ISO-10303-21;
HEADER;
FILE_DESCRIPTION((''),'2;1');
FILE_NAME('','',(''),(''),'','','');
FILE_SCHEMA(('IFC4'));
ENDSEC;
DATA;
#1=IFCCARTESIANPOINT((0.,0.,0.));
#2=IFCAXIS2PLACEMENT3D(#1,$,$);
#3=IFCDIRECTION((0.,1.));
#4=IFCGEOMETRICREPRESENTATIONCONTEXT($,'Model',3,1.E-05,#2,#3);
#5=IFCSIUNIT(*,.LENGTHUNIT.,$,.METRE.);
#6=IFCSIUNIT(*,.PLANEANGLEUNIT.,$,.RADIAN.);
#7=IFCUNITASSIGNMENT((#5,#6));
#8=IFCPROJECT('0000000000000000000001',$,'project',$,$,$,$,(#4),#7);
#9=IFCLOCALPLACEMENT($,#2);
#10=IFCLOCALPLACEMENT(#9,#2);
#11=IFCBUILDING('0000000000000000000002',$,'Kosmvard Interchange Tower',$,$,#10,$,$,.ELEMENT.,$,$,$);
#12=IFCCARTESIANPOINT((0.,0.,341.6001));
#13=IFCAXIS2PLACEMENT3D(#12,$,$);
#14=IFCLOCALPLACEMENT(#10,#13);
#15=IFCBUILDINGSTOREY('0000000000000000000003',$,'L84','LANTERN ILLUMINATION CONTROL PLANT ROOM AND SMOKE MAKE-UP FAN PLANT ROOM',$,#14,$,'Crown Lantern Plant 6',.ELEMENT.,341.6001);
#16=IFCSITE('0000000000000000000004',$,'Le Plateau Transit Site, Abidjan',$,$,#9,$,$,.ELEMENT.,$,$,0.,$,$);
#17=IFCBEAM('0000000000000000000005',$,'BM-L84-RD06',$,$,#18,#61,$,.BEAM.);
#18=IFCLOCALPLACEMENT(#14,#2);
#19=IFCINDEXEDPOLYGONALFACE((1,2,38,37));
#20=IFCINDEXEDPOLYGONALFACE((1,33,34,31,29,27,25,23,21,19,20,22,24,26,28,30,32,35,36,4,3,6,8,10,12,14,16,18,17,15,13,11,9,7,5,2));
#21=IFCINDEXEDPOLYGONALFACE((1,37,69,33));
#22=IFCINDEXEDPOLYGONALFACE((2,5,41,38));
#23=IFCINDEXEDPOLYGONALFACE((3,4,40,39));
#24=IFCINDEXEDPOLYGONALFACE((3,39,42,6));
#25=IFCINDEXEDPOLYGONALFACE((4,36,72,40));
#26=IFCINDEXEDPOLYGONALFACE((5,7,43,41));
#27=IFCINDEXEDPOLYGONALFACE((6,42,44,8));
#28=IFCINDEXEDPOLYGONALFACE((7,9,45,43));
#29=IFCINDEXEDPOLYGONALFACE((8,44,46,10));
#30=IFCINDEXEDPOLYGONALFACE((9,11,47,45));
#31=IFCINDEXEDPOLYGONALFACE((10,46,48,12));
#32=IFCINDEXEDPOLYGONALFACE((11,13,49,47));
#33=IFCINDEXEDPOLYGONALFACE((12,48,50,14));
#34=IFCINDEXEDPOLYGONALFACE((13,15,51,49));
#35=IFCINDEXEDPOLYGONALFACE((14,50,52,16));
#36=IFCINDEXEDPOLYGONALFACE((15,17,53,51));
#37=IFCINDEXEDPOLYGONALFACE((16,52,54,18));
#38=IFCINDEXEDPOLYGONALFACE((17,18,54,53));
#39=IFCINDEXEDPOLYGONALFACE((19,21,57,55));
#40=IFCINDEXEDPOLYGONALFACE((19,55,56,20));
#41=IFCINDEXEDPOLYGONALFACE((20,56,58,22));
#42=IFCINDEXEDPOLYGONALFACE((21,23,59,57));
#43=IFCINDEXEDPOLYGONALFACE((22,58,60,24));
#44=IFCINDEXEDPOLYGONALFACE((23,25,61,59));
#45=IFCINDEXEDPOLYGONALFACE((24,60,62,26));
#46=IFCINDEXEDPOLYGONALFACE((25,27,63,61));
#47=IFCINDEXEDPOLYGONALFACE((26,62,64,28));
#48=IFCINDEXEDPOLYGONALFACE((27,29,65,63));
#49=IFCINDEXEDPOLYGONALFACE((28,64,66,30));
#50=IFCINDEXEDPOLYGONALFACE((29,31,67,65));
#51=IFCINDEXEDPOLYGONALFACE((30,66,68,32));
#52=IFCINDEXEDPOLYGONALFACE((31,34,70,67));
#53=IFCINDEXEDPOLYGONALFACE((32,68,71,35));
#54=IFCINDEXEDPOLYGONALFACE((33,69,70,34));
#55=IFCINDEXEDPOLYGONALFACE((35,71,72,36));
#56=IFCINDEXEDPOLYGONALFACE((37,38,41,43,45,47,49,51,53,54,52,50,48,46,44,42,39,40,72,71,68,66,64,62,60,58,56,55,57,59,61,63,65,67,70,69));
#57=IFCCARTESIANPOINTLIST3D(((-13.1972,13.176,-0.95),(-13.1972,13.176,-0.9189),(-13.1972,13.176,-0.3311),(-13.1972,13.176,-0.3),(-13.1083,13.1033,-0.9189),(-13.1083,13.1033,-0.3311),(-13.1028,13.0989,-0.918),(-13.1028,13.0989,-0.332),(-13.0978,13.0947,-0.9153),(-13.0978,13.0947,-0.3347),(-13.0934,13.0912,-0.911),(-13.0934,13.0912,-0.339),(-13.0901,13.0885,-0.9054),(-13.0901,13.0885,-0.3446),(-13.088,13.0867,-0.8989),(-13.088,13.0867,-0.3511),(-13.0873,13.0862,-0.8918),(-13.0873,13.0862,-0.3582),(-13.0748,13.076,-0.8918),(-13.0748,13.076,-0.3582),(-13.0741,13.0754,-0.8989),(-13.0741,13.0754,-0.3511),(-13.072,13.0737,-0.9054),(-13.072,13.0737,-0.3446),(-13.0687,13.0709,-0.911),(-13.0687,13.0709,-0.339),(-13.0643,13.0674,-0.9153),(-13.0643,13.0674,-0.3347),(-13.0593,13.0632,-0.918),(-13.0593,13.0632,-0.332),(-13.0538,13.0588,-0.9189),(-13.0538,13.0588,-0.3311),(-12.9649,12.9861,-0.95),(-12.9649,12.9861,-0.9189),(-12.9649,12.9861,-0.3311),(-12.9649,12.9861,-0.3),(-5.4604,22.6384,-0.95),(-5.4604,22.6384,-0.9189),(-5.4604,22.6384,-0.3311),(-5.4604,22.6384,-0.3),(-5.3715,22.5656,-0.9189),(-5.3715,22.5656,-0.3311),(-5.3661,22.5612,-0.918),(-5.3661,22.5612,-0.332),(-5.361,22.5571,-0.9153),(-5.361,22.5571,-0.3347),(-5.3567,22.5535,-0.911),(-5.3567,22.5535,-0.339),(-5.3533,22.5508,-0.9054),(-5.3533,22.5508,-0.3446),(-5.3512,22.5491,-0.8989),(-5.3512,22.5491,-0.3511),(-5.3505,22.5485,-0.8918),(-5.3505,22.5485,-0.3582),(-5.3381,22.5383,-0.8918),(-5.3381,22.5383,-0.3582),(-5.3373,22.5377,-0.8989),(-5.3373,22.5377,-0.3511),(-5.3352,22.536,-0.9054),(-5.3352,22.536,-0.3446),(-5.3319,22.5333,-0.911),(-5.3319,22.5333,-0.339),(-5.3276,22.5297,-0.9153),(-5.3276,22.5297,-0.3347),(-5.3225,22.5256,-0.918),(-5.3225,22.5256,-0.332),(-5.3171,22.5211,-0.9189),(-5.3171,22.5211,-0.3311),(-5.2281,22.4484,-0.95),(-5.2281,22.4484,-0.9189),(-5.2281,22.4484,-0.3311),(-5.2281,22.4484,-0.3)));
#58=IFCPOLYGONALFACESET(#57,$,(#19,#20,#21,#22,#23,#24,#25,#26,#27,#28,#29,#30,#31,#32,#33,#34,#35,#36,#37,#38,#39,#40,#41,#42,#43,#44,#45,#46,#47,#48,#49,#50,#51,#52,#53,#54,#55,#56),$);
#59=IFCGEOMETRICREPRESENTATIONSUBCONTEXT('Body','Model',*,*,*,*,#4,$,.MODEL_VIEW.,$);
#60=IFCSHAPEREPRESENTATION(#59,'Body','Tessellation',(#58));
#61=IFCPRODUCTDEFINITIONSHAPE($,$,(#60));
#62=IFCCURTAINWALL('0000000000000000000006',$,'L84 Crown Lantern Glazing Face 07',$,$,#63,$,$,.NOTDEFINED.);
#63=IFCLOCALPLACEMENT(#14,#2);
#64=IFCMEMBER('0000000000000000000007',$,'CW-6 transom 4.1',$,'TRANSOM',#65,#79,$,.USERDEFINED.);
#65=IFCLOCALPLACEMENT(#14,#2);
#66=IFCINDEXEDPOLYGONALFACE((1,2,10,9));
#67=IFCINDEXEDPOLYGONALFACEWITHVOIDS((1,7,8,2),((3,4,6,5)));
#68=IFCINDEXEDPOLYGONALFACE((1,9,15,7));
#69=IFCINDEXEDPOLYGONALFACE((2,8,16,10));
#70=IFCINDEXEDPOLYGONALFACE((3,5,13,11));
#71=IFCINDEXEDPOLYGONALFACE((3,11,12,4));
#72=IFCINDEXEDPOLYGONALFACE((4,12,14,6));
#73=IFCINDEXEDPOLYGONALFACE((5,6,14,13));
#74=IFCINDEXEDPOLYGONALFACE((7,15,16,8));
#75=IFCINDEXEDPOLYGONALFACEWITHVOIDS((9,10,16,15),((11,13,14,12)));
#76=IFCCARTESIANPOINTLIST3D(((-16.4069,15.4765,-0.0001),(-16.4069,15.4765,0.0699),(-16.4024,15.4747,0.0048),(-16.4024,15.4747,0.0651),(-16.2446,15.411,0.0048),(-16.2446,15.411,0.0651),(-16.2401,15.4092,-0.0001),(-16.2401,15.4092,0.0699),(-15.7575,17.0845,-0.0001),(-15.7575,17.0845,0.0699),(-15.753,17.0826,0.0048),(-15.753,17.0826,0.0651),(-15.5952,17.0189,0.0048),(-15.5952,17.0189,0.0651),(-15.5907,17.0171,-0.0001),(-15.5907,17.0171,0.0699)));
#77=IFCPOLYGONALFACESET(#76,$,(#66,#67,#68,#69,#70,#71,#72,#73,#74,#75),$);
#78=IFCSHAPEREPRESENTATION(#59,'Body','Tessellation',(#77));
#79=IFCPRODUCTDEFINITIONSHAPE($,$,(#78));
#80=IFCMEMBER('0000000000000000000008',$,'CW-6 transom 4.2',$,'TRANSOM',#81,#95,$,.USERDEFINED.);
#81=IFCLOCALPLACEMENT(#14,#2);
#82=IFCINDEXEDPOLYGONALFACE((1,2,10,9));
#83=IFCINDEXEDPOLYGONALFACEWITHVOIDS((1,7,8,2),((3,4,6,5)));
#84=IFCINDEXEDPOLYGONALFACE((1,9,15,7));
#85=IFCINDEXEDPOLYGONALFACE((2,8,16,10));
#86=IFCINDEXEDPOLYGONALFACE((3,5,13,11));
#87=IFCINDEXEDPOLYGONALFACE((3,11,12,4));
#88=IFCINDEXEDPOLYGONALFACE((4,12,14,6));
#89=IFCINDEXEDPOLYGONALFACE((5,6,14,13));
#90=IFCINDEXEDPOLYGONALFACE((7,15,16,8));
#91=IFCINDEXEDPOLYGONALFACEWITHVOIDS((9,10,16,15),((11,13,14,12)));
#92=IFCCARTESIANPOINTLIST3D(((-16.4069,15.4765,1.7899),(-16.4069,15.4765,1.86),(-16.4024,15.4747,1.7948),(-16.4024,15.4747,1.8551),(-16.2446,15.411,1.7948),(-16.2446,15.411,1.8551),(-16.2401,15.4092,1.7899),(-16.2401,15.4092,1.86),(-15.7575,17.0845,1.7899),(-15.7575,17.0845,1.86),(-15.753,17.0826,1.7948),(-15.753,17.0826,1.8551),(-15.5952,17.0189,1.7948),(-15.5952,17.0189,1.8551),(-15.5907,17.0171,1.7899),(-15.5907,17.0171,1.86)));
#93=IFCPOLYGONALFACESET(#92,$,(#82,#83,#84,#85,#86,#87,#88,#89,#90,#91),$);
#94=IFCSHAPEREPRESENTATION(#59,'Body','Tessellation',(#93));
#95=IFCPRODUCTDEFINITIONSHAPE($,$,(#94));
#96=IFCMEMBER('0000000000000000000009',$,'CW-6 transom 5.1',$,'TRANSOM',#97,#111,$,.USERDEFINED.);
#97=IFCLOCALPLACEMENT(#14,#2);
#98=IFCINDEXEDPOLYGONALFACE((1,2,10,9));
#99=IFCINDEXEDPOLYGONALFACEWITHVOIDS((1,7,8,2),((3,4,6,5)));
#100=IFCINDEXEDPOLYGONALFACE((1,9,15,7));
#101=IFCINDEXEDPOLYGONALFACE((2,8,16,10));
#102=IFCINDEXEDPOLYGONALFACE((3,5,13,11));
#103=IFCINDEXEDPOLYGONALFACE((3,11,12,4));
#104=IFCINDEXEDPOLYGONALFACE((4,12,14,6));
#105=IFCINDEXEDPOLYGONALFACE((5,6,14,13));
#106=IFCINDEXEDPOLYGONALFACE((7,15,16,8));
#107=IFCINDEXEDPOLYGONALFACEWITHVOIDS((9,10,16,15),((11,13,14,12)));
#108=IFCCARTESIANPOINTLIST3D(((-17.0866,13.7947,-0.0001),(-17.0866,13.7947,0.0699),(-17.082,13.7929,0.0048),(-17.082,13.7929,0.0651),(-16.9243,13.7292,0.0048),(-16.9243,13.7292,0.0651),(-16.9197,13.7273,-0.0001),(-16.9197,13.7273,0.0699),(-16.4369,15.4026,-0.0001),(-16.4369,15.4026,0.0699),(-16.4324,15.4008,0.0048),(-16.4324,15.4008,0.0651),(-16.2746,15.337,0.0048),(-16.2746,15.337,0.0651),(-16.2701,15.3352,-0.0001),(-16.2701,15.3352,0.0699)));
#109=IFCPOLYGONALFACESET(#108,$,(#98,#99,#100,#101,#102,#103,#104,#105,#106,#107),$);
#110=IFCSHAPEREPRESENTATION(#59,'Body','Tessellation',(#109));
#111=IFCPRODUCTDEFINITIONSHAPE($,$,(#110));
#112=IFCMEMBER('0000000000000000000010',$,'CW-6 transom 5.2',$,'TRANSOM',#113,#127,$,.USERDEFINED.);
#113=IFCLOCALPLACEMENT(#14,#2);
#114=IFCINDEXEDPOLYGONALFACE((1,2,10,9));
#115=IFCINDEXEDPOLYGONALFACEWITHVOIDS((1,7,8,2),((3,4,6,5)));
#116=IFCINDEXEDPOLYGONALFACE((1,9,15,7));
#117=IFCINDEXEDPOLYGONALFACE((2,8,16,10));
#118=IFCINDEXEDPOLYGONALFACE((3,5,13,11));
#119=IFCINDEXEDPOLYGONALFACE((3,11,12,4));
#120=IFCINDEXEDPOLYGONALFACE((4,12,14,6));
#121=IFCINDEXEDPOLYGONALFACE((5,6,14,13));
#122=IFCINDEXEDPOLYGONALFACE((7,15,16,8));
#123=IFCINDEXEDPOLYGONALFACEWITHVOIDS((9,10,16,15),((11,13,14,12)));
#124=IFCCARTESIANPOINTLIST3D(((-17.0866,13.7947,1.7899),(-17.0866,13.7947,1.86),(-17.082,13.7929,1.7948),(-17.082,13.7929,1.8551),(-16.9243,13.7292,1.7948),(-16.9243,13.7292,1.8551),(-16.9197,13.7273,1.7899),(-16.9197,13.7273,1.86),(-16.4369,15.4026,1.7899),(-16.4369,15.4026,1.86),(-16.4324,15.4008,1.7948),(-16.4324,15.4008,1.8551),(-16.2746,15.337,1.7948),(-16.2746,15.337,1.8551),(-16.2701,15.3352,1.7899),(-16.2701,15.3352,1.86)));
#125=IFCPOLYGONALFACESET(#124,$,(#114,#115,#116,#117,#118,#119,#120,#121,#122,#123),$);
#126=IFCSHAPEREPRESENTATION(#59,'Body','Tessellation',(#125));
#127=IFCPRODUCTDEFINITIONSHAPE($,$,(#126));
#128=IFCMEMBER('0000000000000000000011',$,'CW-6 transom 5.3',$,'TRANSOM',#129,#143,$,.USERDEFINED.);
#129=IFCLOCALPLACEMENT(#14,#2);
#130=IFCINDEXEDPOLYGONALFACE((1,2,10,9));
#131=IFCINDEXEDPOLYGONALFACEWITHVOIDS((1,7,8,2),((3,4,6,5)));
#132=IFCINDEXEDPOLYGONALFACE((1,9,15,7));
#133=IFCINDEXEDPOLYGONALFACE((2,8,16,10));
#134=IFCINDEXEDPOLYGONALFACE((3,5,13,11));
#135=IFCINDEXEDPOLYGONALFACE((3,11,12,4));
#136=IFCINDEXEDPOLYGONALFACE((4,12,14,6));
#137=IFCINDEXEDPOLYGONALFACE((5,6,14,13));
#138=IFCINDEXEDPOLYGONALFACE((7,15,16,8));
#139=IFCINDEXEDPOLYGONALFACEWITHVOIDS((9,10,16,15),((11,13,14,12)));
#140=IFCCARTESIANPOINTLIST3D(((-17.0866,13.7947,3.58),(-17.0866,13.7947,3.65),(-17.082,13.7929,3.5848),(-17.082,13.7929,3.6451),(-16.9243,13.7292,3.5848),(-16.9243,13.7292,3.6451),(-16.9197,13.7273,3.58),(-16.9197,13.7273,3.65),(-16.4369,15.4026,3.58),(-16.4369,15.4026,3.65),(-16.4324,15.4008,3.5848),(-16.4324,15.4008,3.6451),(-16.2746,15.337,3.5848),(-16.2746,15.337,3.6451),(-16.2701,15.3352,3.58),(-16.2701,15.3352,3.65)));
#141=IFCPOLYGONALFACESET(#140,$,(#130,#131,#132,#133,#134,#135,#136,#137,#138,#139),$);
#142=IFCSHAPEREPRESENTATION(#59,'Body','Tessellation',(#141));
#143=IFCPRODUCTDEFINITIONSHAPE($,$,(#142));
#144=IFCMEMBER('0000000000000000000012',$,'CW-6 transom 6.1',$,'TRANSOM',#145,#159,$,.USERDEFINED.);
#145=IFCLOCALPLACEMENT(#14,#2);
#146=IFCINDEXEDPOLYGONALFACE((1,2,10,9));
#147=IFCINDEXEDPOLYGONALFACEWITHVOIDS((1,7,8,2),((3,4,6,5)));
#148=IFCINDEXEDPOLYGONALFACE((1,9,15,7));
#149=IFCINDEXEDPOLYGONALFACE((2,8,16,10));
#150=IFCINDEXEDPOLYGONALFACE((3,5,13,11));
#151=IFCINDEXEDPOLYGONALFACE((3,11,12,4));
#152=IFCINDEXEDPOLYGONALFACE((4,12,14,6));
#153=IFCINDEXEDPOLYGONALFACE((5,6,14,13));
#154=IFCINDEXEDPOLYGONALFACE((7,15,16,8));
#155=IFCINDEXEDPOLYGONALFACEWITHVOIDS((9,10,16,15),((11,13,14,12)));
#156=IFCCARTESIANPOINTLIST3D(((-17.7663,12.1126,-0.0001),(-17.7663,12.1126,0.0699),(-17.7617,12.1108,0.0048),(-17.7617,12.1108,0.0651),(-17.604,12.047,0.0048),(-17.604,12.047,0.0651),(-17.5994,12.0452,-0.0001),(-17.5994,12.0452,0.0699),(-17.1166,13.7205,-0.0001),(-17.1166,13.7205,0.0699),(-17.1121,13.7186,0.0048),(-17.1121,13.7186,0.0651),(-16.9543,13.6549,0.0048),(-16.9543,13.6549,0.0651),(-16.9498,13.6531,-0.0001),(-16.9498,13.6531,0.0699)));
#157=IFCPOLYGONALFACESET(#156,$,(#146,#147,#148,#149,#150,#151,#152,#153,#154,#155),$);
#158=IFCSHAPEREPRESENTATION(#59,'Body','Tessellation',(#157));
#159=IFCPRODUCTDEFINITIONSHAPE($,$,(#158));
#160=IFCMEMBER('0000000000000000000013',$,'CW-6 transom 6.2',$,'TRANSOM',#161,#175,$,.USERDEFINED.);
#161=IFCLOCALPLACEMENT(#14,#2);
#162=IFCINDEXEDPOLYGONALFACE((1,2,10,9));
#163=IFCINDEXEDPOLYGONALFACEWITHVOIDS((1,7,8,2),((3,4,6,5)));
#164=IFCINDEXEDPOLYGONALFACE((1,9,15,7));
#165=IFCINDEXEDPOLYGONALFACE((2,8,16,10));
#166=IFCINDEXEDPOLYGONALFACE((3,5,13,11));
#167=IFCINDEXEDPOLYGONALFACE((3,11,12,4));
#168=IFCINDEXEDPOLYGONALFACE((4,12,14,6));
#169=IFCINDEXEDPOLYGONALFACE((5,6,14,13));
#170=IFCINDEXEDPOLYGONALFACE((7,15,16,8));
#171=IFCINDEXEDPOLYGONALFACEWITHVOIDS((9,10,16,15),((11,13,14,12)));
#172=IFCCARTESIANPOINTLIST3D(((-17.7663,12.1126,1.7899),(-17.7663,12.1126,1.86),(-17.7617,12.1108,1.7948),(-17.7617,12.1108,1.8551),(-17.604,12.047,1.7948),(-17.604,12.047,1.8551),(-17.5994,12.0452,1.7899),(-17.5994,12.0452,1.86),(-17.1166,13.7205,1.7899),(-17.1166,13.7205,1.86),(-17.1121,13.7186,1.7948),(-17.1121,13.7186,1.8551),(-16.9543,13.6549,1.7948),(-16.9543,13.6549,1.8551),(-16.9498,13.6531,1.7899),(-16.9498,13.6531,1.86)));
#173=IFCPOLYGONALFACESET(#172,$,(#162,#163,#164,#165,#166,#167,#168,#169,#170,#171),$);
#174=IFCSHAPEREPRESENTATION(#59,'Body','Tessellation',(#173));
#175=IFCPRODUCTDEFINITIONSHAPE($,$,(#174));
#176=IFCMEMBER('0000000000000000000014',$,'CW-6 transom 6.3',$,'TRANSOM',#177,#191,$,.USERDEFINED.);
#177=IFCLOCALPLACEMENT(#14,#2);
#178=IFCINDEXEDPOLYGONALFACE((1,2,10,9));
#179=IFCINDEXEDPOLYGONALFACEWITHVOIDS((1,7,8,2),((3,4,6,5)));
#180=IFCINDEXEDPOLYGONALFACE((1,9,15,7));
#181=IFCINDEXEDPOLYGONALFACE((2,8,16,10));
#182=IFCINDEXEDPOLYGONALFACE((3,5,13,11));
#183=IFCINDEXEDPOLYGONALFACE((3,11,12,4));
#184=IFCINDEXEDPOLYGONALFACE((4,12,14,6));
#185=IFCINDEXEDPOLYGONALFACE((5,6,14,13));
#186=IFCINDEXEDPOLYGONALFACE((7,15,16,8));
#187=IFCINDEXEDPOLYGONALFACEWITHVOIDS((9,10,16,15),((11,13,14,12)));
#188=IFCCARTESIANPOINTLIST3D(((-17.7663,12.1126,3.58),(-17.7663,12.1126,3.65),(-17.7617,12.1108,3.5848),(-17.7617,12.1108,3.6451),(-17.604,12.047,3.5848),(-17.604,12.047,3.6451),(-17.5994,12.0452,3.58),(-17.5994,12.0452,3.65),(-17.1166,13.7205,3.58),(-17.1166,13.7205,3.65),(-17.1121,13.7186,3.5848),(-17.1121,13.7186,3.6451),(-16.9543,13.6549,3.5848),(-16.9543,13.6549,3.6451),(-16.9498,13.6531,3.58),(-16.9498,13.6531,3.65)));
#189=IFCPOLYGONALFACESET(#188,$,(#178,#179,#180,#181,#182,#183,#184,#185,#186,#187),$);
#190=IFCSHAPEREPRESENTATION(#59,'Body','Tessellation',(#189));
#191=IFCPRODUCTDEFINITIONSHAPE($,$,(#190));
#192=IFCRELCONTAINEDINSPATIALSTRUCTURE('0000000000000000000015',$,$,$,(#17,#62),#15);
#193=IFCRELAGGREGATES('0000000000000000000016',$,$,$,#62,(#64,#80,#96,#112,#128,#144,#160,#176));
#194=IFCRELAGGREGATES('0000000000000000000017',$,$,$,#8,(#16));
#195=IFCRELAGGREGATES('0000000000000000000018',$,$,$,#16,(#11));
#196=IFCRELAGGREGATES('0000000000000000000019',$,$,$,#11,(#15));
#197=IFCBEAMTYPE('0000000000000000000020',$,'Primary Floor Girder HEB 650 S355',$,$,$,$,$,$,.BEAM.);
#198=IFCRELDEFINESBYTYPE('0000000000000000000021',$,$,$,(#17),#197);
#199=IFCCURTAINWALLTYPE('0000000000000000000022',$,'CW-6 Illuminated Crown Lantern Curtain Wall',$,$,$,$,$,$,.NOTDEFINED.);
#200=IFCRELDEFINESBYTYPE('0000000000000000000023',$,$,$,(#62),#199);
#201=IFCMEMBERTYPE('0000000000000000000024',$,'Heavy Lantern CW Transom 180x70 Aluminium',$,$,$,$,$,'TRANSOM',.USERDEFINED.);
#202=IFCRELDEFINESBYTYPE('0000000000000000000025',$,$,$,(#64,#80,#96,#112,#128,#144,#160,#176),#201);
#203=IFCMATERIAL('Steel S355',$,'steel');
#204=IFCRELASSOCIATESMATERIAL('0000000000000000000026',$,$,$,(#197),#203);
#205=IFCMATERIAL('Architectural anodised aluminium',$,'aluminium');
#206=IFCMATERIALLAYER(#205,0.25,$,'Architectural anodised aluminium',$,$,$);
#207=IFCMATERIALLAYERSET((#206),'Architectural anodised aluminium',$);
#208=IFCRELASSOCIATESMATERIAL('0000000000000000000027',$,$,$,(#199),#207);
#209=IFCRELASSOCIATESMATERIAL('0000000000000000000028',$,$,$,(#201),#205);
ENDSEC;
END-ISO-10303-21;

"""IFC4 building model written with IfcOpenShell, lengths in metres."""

from ifc_helpers import new_model, si_unit, direction, frame, origin, origin_2d, place, context, subcontext, project, spatial, hollow_rectangle, i_section, extrude, source, transform, mapped, material, layer, layer_set, material_profile, profile_set, type_object, element, aggregate, save


model = new_model("IFC4")

# Units and contexts
model_context = context("Model", 3, precision=1e-05, world=origin(), true_north=direction((0.0, 1.0)))
body_context = subcontext(model_context, "Body", "Model", "MODEL_VIEW")
ifc_project = project(units=[si_unit("LENGTHUNIT", "METRE"), si_unit("PLANEANGLEUNIT", "RADIAN")], contexts=[model_context])

# Site, building, storey
site_placement = place(None, origin())
site = spatial("IfcSite", under=ifc_project, at=site_placement, Name="Le Plateau Transit Site, Abidjan", CompositionType="ELEMENT", RefElevation=0.0)
building_placement = place(site_placement, origin())
building = spatial("IfcBuilding", under=site, at=building_placement, Name="Kosmvard Interchange Tower", CompositionType="ELEMENT")
storey_placement = place(building_placement, frame((0.0, 0.0, 341.6001)))
storey = spatial("IfcBuildingStorey", under=building, at=storey_placement, Name="L84", Description="LANTERN ILLUMINATION CONTROL PLANT ROOM AND SMOKE MAKE-UP FAN PLANT ROOM", LongName="Crown Lantern Plant 6", CompositionType="ELEMENT", Elevation=341.6001)

# Beam
ifc_material_1 = material(Name="Steel S355", Category="steel")
ifc_material_profile_1 = material_profile(ifc_material_1, i_section(OverallWidth=0.3, OverallDepth=0.6499, WebThickness=0.0161, FlangeThickness=0.031, FilletRadius=0.0271, at=origin_2d()), Name="HEB 650")
ifc_profile_set_1 = profile_set([ifc_material_profile_1], Name="Steel S355")
beam_type_1 = type_object("IfcBeamType", Name="Primary Floor Girder HEB 650 S355", PredefinedType="BEAM", material=ifc_profile_set_1)
shared_shape_1 = source(origin(), body_context, "Body", "SweptSolid", [
    extrude(i_section(OverallWidth=0.3, OverallDepth=0.6499, WebThickness=0.0161, FlangeThickness=0.031, FilletRadius=0.0271, at=origin_2d()), origin(), (0.0, 0.0, 1.0), 12.2227),
])
beam_1_placement = place(storey_placement, frame((-13.0811, 13.0811, -0.625), z_axis=(0.632985, 0.774164, 0.0), x_axis=(-0.774164, 0.632985, 0.0)))
element("IfcBeam", 1, at=beam_1_placement, inside=storey, type_object=beam_type_1, Name="BM-L84-RD06", PredefinedType="BEAM", context=body_context, shape_type="MappedRepresentation", body=[
    mapped(shared_shape_1, transform((0.0, 0.0, 0.0), scale=1.0)),
])

# Curtain wall, members
ifc_material_2 = material(Name="Architectural anodised aluminium", Category="aluminium")
ifc_layer_1 = layer(ifc_material_2, 0.25, Name="Architectural anodised aluminium")
ifc_layer_set_1 = layer_set([ifc_layer_1], Name="Architectural anodised aluminium")
curtain_wall_type = type_object("IfcCurtainWallType", Name="CW-6 Illuminated Crown Lantern Curtain Wall", PredefinedType="NOTDEFINED", material=ifc_layer_set_1)
curtain_wall_placement = place(storey_placement, origin())
curtain_wall = element("IfcCurtainWall", 2, at=curtain_wall_placement, inside=storey, type_object=curtain_wall_type, Name="L84 Crown Lantern Glazing Face 07", PredefinedType="NOTDEFINED")
ifc_material_profile_2 = material_profile(ifc_material_2, hollow_rectangle(XDim=0.1799, YDim=0.0701, WallThickness=0.0049, at=origin_2d()), Name="CWT 180x70x5")
ifc_profile_set_2 = profile_set([ifc_material_profile_2], Name="Architectural anodised aluminium")
member_type_1 = type_object("IfcMemberType", Name="Heavy Lantern CW Transom 180x70 Aluminium", ElementType="TRANSOM", PredefinedType="USERDEFINED", material=ifc_profile_set_2)
shared_shape_2 = source(origin(), body_context, "Body", "SweptSolid", [
    extrude(hollow_rectangle(XDim=0.1799, YDim=0.0701, WallThickness=0.0049, at=origin_2d()), origin(), (0.0, 0.0, 1.0), 1.7341),
])
member_1_placement = place(storey_placement, frame((-15.6741, 17.0508, 0.0349), z_axis=(-0.374496, -0.927229, 0.0), x_axis=(0.927229, -0.374496, 0.0)))
member_1 = element("IfcMember", 3, at=member_1_placement, type_object=member_type_1, Name="CW-6 transom 4.1", ObjectType="TRANSOM", PredefinedType="USERDEFINED", context=body_context, shape_type="MappedRepresentation", body=[
    mapped(shared_shape_2, transform((0.0, 0.0, 0.0), scale=1.0)),
])
member_2_placement = place(storey_placement, frame((-15.6741, 17.0508, 1.825), z_axis=(-0.374496, -0.927229, 0.0), x_axis=(0.927229, -0.374496, 0.0)))
member_2 = element("IfcMember", 4, at=member_2_placement, type_object=member_type_1, Name="CW-6 transom 4.2", ObjectType="TRANSOM", PredefinedType="USERDEFINED", context=body_context, shape_type="MappedRepresentation", body=[
    mapped(shared_shape_2, transform((0.0, 0.0, 0.0), scale=1.0)),
])
member_3_placement = place(storey_placement, frame((-16.3535, 15.3689, 0.0349), z_axis=(-0.374617, -0.92718, 0.0), x_axis=(0.92718, -0.374617, 0.0)))
member_3 = element("IfcMember", 5, at=member_3_placement, type_object=member_type_1, Name="CW-6 transom 5.1", ObjectType="TRANSOM", PredefinedType="USERDEFINED", context=body_context, shape_type="MappedRepresentation", body=[
    mapped(shared_shape_2, transform((0.0, 0.0, 0.0), scale=1.0)),
])
member_4_placement = place(storey_placement, frame((-16.3535, 15.3689, 1.825), z_axis=(-0.374617, -0.92718, 0.0), x_axis=(0.92718, -0.374617, 0.0)))
member_4 = element("IfcMember", 6, at=member_4_placement, type_object=member_type_1, Name="CW-6 transom 5.2", ObjectType="TRANSOM", PredefinedType="USERDEFINED", context=body_context, shape_type="MappedRepresentation", body=[
    mapped(shared_shape_2, transform((0.0, 0.0, 0.0), scale=1.0)),
])
member_5_placement = place(storey_placement, frame((-16.3535, 15.3689, 3.615), z_axis=(-0.374617, -0.92718, 0.0), x_axis=(0.92718, -0.374617, 0.0)))
member_5 = element("IfcMember", 7, at=member_5_placement, type_object=member_type_1, Name="CW-6 transom 5.3", ObjectType="TRANSOM", PredefinedType="USERDEFINED", context=body_context, shape_type="MappedRepresentation", body=[
    mapped(shared_shape_2, transform((0.0, 0.0, 0.0), scale=1.0)),
])
member_6_placement = place(storey_placement, frame((-17.0332, 13.6868, 0.0349), z_axis=(-0.374617, -0.92718, 0.0), x_axis=(0.92718, -0.374617, 0.0)))
member_6 = element("IfcMember", 8, at=member_6_placement, type_object=member_type_1, Name="CW-6 transom 6.1", ObjectType="TRANSOM", PredefinedType="USERDEFINED", context=body_context, shape_type="MappedRepresentation", body=[
    mapped(shared_shape_2, transform((0.0, 0.0, 0.0), scale=1.0)),
])
member_7_placement = place(storey_placement, frame((-17.0332, 13.6868, 1.825), z_axis=(-0.374617, -0.92718, 0.0), x_axis=(0.92718, -0.374617, 0.0)))
member_7 = element("IfcMember", 9, at=member_7_placement, type_object=member_type_1, Name="CW-6 transom 6.2", ObjectType="TRANSOM", PredefinedType="USERDEFINED", context=body_context, shape_type="MappedRepresentation", body=[
    mapped(shared_shape_2, transform((0.0, 0.0, 0.0), scale=1.0)),
])
member_8_placement = place(storey_placement, frame((-17.0332, 13.6868, 3.615), z_axis=(-0.374617, -0.92718, 0.0), x_axis=(0.92718, -0.374617, 0.0)))
member_8 = element("IfcMember", 10, at=member_8_placement, type_object=member_type_1, Name="CW-6 transom 6.3", ObjectType="TRANSOM", PredefinedType="USERDEFINED", context=body_context, shape_type="MappedRepresentation", body=[
    mapped(shared_shape_2, transform((0.0, 0.0, 0.0), scale=1.0)),
])
aggregate(curtain_wall, [member_1, member_2, member_3, member_4, member_5, member_6, member_7, member_8])

save(model, "model.ifc")
